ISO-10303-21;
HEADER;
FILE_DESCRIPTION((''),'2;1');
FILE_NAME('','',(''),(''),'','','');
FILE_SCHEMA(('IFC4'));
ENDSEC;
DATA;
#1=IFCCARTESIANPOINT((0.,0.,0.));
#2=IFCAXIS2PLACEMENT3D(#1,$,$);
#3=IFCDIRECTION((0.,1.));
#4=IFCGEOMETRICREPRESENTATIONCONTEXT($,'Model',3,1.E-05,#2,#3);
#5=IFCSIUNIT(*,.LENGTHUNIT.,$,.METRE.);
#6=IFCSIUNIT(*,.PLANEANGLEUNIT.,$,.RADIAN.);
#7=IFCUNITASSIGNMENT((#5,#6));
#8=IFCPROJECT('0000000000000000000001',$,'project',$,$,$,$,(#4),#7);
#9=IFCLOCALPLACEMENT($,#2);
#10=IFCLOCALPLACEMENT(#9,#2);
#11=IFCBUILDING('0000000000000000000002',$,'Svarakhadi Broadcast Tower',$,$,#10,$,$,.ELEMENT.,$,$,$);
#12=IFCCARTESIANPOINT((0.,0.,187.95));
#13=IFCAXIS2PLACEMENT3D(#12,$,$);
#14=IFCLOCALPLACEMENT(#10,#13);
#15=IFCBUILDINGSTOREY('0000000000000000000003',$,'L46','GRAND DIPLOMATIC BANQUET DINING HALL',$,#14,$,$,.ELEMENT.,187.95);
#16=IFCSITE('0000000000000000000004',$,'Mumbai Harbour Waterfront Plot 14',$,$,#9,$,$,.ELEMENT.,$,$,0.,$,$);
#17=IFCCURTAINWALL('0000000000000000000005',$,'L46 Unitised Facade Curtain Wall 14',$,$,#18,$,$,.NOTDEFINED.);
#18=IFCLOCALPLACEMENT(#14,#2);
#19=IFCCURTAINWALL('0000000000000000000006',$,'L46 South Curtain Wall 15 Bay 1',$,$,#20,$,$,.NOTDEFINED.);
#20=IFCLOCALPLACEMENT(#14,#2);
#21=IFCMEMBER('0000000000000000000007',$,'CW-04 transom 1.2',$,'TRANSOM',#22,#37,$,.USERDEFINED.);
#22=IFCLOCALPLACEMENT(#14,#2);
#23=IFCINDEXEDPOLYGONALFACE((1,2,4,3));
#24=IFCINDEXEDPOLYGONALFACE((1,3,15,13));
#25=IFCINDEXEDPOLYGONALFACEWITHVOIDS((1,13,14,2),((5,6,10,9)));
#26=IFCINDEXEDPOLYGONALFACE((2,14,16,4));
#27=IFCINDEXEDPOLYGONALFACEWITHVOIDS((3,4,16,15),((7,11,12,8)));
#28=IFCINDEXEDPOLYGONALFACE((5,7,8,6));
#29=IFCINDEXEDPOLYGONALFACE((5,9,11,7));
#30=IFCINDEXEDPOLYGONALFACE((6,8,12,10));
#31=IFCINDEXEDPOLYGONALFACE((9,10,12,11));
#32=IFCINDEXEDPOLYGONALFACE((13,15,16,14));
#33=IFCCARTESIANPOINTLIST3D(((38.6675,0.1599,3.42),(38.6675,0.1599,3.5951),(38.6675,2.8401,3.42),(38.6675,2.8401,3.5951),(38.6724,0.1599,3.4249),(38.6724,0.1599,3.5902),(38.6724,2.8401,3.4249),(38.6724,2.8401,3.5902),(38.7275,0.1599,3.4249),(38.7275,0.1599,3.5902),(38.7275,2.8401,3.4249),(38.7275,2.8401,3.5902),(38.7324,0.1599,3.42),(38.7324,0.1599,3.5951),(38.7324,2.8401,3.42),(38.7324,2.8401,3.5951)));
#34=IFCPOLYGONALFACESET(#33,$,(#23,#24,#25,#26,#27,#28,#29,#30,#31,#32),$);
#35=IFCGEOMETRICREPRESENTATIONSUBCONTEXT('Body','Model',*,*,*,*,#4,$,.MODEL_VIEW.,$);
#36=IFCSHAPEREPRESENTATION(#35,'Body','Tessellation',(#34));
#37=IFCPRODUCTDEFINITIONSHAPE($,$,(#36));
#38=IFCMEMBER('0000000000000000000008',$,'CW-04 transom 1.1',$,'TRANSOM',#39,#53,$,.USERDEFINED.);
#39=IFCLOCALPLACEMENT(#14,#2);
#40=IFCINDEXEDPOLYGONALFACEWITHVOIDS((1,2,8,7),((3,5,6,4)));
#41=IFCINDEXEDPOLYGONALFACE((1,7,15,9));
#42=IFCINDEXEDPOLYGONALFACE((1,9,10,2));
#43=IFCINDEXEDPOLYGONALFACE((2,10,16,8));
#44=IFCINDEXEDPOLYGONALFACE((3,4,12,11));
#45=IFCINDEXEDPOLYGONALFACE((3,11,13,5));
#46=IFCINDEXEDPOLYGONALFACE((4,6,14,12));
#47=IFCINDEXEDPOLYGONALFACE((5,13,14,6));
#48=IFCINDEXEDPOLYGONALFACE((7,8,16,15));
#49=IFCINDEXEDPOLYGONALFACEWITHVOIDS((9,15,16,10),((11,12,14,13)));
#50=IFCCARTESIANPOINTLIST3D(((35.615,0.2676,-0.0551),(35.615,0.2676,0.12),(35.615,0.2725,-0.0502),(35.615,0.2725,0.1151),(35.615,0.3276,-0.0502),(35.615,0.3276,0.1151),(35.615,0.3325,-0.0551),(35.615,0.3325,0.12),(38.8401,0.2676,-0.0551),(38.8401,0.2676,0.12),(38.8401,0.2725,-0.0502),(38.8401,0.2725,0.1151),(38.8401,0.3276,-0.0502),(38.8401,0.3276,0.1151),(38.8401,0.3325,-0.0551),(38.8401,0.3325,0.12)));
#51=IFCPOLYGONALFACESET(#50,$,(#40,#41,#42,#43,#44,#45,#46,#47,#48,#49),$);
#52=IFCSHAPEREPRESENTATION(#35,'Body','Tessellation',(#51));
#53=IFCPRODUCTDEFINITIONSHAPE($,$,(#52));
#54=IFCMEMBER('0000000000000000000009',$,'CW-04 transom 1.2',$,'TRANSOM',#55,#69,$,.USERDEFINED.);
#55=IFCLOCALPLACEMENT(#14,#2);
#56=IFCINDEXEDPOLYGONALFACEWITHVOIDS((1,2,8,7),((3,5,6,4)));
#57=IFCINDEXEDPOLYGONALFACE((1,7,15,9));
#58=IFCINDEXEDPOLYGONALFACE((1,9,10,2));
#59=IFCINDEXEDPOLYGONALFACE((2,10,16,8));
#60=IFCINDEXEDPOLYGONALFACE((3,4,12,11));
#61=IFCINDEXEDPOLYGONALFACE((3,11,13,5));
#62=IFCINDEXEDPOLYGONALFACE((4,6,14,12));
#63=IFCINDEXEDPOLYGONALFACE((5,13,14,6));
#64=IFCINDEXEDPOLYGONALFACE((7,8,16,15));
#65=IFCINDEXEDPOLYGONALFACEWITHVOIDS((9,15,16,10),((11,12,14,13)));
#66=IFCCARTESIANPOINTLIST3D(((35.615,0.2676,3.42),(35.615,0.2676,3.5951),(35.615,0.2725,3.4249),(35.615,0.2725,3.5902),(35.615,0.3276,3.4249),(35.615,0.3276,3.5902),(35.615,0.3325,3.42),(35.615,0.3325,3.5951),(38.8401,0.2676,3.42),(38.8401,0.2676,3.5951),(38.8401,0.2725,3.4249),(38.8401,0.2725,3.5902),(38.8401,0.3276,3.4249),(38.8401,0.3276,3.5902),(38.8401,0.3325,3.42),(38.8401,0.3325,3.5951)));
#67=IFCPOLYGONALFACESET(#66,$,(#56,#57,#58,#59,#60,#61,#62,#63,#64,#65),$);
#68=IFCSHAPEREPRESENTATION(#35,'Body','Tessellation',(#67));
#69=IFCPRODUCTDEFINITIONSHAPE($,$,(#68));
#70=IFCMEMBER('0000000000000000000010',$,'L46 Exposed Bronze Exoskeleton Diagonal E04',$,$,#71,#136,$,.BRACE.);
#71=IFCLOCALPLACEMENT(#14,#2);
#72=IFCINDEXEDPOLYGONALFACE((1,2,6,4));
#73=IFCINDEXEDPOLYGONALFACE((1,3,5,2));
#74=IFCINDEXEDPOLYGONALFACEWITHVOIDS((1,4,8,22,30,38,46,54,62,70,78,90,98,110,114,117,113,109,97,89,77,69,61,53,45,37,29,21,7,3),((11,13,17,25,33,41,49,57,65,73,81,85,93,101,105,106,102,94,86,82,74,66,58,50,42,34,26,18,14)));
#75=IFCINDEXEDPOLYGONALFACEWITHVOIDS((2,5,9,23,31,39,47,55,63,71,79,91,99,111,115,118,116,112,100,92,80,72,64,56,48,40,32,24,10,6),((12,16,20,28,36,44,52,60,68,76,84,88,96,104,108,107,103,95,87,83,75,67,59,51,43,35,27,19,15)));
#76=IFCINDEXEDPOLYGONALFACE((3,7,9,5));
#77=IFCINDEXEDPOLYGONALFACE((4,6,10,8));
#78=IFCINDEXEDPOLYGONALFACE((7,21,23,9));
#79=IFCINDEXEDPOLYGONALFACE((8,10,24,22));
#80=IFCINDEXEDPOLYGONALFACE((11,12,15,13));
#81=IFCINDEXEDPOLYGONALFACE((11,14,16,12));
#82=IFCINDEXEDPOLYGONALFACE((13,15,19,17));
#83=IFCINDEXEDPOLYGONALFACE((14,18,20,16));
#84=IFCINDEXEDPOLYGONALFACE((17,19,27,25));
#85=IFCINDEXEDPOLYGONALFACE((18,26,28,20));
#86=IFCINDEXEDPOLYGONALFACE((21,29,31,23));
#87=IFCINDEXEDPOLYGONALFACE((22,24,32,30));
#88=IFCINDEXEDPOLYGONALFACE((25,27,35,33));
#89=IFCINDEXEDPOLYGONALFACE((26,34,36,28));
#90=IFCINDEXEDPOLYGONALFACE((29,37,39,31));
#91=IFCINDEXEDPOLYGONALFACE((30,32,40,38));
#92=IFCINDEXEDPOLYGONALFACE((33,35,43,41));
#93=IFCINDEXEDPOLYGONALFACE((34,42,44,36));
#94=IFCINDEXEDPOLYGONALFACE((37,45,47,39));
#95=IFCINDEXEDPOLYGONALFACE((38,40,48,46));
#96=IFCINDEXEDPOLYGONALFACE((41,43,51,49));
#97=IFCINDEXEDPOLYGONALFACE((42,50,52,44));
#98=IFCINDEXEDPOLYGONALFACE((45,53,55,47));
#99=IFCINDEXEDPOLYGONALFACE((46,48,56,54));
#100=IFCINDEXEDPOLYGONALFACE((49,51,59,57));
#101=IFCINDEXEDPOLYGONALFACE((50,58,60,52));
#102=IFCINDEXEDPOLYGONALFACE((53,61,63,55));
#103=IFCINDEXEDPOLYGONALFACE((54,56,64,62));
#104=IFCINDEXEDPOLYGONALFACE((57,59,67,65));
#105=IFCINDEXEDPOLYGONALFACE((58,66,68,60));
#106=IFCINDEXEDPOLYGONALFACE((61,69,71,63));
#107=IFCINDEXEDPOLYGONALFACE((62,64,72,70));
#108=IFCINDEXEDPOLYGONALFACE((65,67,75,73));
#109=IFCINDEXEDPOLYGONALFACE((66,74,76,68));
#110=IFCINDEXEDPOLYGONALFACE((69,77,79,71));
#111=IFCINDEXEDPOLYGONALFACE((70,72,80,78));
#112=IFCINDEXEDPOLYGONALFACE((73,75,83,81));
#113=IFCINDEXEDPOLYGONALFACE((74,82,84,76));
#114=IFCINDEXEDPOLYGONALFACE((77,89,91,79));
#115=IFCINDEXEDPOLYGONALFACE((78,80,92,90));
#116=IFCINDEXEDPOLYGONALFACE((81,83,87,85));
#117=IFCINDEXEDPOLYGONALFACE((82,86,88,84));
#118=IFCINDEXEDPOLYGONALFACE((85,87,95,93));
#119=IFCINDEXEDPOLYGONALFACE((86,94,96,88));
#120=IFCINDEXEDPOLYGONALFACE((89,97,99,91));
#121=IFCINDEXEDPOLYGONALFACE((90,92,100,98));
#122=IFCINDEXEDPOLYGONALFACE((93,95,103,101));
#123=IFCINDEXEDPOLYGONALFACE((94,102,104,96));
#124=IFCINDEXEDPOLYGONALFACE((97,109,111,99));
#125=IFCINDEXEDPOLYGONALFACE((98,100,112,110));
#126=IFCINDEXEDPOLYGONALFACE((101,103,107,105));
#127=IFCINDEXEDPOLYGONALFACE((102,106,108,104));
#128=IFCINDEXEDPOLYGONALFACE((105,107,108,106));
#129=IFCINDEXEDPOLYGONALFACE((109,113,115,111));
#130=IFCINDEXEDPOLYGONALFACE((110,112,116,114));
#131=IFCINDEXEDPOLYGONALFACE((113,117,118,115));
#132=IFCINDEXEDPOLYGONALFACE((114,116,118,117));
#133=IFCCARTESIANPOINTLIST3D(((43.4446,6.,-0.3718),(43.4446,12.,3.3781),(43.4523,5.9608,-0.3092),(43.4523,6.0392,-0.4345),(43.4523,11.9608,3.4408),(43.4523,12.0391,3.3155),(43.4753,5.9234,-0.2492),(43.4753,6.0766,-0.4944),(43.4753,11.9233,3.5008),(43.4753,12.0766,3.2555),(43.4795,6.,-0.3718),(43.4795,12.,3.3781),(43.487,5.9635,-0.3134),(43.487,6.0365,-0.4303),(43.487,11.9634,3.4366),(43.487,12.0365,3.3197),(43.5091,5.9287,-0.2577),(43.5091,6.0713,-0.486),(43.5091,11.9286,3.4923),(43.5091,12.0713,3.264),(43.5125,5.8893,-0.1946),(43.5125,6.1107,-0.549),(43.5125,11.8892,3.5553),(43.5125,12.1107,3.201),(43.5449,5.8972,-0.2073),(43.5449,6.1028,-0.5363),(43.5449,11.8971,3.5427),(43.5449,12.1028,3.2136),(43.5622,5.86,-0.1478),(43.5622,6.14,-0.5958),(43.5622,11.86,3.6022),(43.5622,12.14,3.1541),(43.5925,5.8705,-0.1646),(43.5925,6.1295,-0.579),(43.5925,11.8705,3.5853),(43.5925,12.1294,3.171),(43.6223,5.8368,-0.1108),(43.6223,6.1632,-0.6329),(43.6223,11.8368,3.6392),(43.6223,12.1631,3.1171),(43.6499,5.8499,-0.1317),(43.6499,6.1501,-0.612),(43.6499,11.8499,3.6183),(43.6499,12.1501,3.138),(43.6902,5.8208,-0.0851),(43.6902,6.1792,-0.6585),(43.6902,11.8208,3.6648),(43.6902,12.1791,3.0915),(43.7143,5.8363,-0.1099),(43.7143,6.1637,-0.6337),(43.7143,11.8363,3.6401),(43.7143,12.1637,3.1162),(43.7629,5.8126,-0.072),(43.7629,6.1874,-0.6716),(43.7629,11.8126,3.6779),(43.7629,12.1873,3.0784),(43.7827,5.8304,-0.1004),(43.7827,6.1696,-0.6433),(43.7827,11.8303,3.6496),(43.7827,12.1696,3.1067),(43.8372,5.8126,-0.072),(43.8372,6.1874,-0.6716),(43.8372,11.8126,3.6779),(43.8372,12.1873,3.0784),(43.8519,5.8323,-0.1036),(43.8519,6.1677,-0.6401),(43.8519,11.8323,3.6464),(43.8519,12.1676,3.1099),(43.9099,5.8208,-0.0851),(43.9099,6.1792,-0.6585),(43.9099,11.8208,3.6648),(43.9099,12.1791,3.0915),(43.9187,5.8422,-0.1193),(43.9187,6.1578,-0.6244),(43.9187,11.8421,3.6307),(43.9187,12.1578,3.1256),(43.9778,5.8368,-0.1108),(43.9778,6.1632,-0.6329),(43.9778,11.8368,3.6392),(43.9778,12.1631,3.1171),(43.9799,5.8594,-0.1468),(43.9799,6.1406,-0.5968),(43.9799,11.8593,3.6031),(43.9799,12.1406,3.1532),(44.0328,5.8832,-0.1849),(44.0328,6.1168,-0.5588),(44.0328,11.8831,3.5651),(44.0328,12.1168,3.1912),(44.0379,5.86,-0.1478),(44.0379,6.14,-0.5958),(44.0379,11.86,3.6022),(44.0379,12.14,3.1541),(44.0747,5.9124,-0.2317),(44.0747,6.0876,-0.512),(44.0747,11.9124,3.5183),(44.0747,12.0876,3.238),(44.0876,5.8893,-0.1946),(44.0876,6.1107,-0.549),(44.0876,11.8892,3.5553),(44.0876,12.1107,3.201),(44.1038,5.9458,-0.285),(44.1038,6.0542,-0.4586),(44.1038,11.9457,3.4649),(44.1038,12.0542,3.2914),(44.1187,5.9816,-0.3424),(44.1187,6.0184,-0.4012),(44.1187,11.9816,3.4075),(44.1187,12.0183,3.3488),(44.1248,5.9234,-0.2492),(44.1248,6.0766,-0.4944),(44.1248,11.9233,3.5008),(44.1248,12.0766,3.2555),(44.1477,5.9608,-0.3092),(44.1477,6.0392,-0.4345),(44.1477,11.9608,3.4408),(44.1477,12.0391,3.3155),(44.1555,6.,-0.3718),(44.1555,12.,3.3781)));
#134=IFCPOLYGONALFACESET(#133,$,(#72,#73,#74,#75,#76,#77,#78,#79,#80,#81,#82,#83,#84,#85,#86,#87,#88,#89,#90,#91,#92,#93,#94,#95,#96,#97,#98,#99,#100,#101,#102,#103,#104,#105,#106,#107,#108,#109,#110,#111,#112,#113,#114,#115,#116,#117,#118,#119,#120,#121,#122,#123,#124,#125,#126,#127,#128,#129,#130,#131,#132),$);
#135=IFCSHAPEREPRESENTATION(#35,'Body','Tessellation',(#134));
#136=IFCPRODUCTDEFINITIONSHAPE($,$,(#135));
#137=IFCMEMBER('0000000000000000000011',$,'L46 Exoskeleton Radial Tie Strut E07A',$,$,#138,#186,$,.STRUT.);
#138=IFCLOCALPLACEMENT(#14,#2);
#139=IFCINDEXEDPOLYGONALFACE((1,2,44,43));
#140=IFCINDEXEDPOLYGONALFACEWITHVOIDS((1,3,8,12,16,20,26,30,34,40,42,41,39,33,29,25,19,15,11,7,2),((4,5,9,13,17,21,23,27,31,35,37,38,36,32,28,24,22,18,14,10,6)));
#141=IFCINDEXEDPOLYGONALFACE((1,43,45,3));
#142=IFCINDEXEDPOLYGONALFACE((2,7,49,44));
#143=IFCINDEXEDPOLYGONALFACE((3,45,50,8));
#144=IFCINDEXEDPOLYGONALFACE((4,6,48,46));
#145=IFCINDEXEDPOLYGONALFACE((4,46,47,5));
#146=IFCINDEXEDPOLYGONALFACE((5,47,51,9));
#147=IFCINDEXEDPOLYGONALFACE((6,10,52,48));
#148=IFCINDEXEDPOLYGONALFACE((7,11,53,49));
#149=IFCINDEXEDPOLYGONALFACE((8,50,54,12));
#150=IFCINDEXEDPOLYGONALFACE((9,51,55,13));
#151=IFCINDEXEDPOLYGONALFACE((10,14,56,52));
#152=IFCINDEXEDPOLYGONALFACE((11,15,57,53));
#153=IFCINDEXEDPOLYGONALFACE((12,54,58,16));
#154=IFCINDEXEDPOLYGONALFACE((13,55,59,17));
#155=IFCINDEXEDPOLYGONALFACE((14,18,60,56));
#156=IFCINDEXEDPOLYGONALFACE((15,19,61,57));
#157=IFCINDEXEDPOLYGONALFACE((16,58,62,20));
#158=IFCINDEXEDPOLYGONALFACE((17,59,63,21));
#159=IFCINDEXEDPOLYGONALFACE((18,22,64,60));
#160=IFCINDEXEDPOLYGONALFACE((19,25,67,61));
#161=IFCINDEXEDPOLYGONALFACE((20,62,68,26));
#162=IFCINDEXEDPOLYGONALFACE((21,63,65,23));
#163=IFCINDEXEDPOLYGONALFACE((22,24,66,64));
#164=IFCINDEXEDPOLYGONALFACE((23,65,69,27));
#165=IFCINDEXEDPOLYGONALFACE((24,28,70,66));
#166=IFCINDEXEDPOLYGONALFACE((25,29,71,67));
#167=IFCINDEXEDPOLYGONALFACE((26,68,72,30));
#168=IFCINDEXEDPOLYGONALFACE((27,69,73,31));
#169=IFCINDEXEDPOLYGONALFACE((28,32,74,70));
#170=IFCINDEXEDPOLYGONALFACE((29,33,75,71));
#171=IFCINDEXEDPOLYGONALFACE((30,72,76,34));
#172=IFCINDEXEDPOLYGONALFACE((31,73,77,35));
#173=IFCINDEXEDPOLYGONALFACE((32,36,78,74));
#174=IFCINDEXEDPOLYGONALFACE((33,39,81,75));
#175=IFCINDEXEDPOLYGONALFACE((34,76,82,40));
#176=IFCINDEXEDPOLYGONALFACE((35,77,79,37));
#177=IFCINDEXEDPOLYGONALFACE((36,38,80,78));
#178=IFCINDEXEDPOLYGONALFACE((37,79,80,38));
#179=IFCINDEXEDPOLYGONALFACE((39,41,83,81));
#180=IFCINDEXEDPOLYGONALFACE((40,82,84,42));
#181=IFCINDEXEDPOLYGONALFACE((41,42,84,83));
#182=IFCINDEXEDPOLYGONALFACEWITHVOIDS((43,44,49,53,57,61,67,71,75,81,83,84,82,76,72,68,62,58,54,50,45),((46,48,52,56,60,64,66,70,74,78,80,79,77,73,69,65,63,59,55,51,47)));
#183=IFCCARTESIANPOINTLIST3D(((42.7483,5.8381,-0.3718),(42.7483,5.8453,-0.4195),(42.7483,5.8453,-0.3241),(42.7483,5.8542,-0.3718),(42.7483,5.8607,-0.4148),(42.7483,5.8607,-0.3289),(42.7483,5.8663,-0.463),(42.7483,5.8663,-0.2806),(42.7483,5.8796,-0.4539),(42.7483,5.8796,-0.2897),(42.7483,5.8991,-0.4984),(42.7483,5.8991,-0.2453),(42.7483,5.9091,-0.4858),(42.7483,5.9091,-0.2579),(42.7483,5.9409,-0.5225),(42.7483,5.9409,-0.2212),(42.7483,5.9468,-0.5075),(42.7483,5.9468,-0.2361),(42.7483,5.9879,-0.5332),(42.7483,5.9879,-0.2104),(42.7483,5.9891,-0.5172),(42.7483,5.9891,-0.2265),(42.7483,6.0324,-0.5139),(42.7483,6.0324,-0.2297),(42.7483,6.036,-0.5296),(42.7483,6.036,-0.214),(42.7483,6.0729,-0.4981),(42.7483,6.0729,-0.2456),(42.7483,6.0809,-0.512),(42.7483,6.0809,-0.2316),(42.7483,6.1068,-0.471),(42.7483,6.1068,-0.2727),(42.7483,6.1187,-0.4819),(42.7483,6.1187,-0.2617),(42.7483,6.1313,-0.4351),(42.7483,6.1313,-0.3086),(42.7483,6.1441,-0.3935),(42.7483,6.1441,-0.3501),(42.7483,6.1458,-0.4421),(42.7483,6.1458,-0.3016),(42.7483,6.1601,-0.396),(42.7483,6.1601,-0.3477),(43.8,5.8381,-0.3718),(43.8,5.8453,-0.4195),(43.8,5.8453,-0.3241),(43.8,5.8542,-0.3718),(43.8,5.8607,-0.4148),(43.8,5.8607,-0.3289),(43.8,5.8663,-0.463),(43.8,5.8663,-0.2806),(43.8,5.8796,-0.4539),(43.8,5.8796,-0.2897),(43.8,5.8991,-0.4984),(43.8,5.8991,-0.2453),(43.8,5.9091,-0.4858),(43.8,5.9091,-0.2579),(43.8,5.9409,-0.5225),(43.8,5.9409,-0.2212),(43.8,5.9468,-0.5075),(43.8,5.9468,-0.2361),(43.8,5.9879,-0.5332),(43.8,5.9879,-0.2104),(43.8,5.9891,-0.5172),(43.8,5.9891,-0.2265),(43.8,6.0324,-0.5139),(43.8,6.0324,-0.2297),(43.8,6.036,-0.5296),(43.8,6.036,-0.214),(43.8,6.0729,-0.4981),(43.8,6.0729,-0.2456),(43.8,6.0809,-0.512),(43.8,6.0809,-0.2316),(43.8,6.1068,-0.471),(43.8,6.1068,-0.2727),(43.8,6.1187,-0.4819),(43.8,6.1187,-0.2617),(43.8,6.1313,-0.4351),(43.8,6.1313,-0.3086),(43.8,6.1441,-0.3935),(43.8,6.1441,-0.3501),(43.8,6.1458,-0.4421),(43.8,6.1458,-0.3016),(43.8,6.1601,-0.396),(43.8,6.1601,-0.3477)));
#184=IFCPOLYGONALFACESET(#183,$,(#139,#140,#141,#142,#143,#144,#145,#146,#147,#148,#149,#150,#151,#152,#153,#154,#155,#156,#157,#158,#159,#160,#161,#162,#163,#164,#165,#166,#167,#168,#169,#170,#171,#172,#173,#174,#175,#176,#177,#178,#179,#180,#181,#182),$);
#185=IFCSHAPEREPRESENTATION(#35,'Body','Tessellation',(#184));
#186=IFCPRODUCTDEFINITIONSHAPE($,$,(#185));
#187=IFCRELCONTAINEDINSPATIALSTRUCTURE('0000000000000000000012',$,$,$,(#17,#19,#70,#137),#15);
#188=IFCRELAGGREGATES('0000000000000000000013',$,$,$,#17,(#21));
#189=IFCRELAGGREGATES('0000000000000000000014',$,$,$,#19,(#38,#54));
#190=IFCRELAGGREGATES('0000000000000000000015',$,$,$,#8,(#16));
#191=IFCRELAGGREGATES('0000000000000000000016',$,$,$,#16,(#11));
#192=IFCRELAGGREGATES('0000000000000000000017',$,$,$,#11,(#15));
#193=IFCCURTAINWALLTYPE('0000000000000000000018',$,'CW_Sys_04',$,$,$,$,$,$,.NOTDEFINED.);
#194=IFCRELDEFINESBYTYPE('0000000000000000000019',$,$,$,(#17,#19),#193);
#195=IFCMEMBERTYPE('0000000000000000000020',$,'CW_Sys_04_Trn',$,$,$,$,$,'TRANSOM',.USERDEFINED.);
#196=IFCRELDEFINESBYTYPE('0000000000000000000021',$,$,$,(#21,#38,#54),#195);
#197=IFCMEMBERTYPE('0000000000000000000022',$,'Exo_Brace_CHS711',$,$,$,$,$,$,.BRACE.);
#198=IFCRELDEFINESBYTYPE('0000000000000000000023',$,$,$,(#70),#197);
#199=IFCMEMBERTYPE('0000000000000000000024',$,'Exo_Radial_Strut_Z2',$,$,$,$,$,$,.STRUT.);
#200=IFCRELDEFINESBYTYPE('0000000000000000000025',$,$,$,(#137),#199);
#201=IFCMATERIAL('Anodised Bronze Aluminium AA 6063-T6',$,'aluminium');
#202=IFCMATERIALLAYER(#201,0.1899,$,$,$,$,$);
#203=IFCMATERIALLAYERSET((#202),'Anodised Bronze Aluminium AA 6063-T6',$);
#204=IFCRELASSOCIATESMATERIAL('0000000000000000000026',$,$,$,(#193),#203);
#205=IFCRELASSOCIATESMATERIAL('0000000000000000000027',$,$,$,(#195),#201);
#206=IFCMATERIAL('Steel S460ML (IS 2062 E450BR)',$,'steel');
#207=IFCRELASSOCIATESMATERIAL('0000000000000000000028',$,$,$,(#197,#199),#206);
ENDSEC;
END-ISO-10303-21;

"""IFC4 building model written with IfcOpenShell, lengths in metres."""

from ifc_helpers import new_model, si_unit, direction, frame, origin, origin_2d, place, context, subcontext, project, spatial, hollow_rectangle, hollow_circle, extrude, material, layer, layer_set, material_profile, profile_set, type_object, element, aggregate, save


model = new_model("IFC4")

# Units and contexts
model_context = context("Model", 3, precision=1e-05, world=origin(), true_north=direction((0.0, 1.0)))
body_context = subcontext(model_context, "Body", "Model", "MODEL_VIEW")
ifc_project = project(units=[si_unit("LENGTHUNIT", "METRE"), si_unit("PLANEANGLEUNIT", "RADIAN")], contexts=[model_context])

# Site, building, storey
site_placement = place(None, origin())
site = spatial("IfcSite", under=ifc_project, at=site_placement, Name="Mumbai Harbour Waterfront Plot 14", CompositionType="ELEMENT", RefElevation=0.0)
building_placement = place(site_placement, origin())
building = spatial("IfcBuilding", under=site, at=building_placement, Name="Svarakhadi Broadcast Tower", CompositionType="ELEMENT")
storey_placement = place(building_placement, frame((0.0, 0.0, 187.95)))
storey = spatial("IfcBuildingStorey", under=building, at=storey_placement, Name="L46", Description="GRAND DIPLOMATIC BANQUET DINING HALL", CompositionType="ELEMENT", Elevation=187.95)

# Shared definitions
ifc_material_1 = material(Name="Steel S460ML (IS 2062 E450BR)", Category="steel")

# Curtain wall
ifc_material_2 = material(Name="Anodised Bronze Aluminium AA 6063-T6", Category="aluminium")
ifc_layer_1 = layer(ifc_material_2, 0.1899)
ifc_layer_set_1 = layer_set([ifc_layer_1], Name="Anodised Bronze Aluminium AA 6063-T6")
curtain_wall_type = type_object("IfcCurtainWallType", Name="CW_Sys_04", PredefinedType="NOTDEFINED", material=ifc_layer_set_1)
curtain_wall_1_placement = place(storey_placement, origin())
curtain_wall_1 = element("IfcCurtainWall", 1, at=curtain_wall_1_placement, inside=storey, type_object=curtain_wall_type, Name="L46 Unitised Facade Curtain Wall 14", PredefinedType="NOTDEFINED")

# Curtain wall
curtain_wall_2_placement = place(storey_placement, origin())
curtain_wall_2 = element("IfcCurtainWall", 2, at=curtain_wall_2_placement, inside=storey, type_object=curtain_wall_type, Name="L46 South Curtain Wall 15 Bay 1", PredefinedType="NOTDEFINED")

# Members
ifc_material_profile_1 = material_profile(ifc_material_2, hollow_rectangle(XDim=0.0649, YDim=0.175, WallThickness=0.0049, at=origin_2d()), Name="ALU TRANSOM 175x65x5")
ifc_profile_set_1 = profile_set([ifc_material_profile_1], Name="Anodised Bronze Aluminium AA 6063-T6")
member_type_1 = type_object("IfcMemberType", Name="CW_Sys_04_Trn", ElementType="TRANSOM", PredefinedType="USERDEFINED", material=ifc_profile_set_1)
member_1_placement = place(storey_placement, frame((38.7, 2.8401, 3.5076), z_axis=(0.0, -1.0, 0.0), x_axis=(1.0, 0.0, 0.0)))
member_1 = element("IfcMember", 3, at=member_1_placement, type_object=member_type_1, Name="CW-04 transom 1.2", ObjectType="TRANSOM", PredefinedType="USERDEFINED", context=body_context, shape_type="SweptSolid", body=[
    extrude(hollow_rectangle(XDim=0.0649, YDim=0.175, WallThickness=0.0049, at=origin_2d()), origin(), (0.0, 0.0, 1.0), 2.6802),
])
member_2_placement = place(storey_placement, frame((38.8401, 0.3, 0.0325), z_axis=(-1.0, 0.0, 0.0), x_axis=(0.0, -1.0, 0.0)))
member_2 = element("IfcMember", 4, at=member_2_placement, type_object=member_type_1, Name="CW-04 transom 1.1", ObjectType="TRANSOM", PredefinedType="USERDEFINED", context=body_context, shape_type="SweptSolid", body=[
    extrude(hollow_rectangle(XDim=0.0649, YDim=0.175, WallThickness=0.0049, at=origin_2d()), origin(), (0.0, 0.0, 1.0), 3.2251),
])
member_3_placement = place(storey_placement, frame((38.8401, 0.3, 3.5076), z_axis=(-1.0, 0.0, 0.0), x_axis=(0.0, -1.0, 0.0)))
member_3 = element("IfcMember", 5, at=member_3_placement, type_object=member_type_1, Name="CW-04 transom 1.2", ObjectType="TRANSOM", PredefinedType="USERDEFINED", context=body_context, shape_type="SweptSolid", body=[
    extrude(hollow_rectangle(XDim=0.0649, YDim=0.175, WallThickness=0.0049, at=origin_2d()), origin(), (0.0, 0.0, 1.0), 3.2251),
])

# Members
ifc_material_profile_2 = material_profile(ifc_material_1, hollow_circle(Radius=0.3555, WallThickness=0.0349, at=origin_2d()), Name="CHS 711x35")
ifc_profile_set_2 = profile_set([ifc_material_profile_2], Name="Steel S460ML (IS 2062 E450BR)")
member_type_2 = type_object("IfcMemberType", Name="Exo_Brace_CHS711", PredefinedType="BRACE", material=ifc_profile_set_2)
member_4_placement = place(storey_placement, frame((43.8, 6.0, -0.3718), z_axis=(0.0, 0.847998, 0.529999), x_axis=(-1.0, 0.0, 0.0)))
element("IfcMember", 6, at=member_4_placement, inside=storey, type_object=member_type_2, Name="L46 Exposed Bronze Exoskeleton Diagonal E04", PredefinedType="BRACE", context=body_context, shape_type="SweptSolid", body=[
    extrude(hollow_circle(Radius=0.3555, WallThickness=0.0349, at=origin_2d()), origin(), (0.0, 0.0, 1.0), 7.0754),
])
ifc_material_profile_3 = material_profile(ifc_material_1, hollow_circle(Radius=0.1619, WallThickness=0.0161, at=origin_2d()), Name="CHS 323.9x16")
ifc_profile_set_3 = profile_set([ifc_material_profile_3], Name="Steel S460ML (IS 2062 E450BR)")
member_type_3 = type_object("IfcMemberType", Name="Exo_Radial_Strut_Z2", PredefinedType="STRUT", material=ifc_profile_set_3)
member_5_placement = place(storey_placement, frame((43.8, 6.0, -0.3718), z_axis=(-1.0, 0.0, 0.0), x_axis=(0.0, -1.0, 0.0)))
element("IfcMember", 7, at=member_5_placement, inside=storey, type_object=member_type_3, Name="L46 Exoskeleton Radial Tie Strut E07A", PredefinedType="STRUT", context=body_context, shape_type="SweptSolid", body=[
    extrude(hollow_circle(Radius=0.1619, WallThickness=0.0161, at=origin_2d()), origin(), (0.0, 0.0, 1.0), 1.0518),
])

aggregate(curtain_wall_1, [member_1])
aggregate(curtain_wall_2, [member_2, member_3])

save(model, "model.ifc")
